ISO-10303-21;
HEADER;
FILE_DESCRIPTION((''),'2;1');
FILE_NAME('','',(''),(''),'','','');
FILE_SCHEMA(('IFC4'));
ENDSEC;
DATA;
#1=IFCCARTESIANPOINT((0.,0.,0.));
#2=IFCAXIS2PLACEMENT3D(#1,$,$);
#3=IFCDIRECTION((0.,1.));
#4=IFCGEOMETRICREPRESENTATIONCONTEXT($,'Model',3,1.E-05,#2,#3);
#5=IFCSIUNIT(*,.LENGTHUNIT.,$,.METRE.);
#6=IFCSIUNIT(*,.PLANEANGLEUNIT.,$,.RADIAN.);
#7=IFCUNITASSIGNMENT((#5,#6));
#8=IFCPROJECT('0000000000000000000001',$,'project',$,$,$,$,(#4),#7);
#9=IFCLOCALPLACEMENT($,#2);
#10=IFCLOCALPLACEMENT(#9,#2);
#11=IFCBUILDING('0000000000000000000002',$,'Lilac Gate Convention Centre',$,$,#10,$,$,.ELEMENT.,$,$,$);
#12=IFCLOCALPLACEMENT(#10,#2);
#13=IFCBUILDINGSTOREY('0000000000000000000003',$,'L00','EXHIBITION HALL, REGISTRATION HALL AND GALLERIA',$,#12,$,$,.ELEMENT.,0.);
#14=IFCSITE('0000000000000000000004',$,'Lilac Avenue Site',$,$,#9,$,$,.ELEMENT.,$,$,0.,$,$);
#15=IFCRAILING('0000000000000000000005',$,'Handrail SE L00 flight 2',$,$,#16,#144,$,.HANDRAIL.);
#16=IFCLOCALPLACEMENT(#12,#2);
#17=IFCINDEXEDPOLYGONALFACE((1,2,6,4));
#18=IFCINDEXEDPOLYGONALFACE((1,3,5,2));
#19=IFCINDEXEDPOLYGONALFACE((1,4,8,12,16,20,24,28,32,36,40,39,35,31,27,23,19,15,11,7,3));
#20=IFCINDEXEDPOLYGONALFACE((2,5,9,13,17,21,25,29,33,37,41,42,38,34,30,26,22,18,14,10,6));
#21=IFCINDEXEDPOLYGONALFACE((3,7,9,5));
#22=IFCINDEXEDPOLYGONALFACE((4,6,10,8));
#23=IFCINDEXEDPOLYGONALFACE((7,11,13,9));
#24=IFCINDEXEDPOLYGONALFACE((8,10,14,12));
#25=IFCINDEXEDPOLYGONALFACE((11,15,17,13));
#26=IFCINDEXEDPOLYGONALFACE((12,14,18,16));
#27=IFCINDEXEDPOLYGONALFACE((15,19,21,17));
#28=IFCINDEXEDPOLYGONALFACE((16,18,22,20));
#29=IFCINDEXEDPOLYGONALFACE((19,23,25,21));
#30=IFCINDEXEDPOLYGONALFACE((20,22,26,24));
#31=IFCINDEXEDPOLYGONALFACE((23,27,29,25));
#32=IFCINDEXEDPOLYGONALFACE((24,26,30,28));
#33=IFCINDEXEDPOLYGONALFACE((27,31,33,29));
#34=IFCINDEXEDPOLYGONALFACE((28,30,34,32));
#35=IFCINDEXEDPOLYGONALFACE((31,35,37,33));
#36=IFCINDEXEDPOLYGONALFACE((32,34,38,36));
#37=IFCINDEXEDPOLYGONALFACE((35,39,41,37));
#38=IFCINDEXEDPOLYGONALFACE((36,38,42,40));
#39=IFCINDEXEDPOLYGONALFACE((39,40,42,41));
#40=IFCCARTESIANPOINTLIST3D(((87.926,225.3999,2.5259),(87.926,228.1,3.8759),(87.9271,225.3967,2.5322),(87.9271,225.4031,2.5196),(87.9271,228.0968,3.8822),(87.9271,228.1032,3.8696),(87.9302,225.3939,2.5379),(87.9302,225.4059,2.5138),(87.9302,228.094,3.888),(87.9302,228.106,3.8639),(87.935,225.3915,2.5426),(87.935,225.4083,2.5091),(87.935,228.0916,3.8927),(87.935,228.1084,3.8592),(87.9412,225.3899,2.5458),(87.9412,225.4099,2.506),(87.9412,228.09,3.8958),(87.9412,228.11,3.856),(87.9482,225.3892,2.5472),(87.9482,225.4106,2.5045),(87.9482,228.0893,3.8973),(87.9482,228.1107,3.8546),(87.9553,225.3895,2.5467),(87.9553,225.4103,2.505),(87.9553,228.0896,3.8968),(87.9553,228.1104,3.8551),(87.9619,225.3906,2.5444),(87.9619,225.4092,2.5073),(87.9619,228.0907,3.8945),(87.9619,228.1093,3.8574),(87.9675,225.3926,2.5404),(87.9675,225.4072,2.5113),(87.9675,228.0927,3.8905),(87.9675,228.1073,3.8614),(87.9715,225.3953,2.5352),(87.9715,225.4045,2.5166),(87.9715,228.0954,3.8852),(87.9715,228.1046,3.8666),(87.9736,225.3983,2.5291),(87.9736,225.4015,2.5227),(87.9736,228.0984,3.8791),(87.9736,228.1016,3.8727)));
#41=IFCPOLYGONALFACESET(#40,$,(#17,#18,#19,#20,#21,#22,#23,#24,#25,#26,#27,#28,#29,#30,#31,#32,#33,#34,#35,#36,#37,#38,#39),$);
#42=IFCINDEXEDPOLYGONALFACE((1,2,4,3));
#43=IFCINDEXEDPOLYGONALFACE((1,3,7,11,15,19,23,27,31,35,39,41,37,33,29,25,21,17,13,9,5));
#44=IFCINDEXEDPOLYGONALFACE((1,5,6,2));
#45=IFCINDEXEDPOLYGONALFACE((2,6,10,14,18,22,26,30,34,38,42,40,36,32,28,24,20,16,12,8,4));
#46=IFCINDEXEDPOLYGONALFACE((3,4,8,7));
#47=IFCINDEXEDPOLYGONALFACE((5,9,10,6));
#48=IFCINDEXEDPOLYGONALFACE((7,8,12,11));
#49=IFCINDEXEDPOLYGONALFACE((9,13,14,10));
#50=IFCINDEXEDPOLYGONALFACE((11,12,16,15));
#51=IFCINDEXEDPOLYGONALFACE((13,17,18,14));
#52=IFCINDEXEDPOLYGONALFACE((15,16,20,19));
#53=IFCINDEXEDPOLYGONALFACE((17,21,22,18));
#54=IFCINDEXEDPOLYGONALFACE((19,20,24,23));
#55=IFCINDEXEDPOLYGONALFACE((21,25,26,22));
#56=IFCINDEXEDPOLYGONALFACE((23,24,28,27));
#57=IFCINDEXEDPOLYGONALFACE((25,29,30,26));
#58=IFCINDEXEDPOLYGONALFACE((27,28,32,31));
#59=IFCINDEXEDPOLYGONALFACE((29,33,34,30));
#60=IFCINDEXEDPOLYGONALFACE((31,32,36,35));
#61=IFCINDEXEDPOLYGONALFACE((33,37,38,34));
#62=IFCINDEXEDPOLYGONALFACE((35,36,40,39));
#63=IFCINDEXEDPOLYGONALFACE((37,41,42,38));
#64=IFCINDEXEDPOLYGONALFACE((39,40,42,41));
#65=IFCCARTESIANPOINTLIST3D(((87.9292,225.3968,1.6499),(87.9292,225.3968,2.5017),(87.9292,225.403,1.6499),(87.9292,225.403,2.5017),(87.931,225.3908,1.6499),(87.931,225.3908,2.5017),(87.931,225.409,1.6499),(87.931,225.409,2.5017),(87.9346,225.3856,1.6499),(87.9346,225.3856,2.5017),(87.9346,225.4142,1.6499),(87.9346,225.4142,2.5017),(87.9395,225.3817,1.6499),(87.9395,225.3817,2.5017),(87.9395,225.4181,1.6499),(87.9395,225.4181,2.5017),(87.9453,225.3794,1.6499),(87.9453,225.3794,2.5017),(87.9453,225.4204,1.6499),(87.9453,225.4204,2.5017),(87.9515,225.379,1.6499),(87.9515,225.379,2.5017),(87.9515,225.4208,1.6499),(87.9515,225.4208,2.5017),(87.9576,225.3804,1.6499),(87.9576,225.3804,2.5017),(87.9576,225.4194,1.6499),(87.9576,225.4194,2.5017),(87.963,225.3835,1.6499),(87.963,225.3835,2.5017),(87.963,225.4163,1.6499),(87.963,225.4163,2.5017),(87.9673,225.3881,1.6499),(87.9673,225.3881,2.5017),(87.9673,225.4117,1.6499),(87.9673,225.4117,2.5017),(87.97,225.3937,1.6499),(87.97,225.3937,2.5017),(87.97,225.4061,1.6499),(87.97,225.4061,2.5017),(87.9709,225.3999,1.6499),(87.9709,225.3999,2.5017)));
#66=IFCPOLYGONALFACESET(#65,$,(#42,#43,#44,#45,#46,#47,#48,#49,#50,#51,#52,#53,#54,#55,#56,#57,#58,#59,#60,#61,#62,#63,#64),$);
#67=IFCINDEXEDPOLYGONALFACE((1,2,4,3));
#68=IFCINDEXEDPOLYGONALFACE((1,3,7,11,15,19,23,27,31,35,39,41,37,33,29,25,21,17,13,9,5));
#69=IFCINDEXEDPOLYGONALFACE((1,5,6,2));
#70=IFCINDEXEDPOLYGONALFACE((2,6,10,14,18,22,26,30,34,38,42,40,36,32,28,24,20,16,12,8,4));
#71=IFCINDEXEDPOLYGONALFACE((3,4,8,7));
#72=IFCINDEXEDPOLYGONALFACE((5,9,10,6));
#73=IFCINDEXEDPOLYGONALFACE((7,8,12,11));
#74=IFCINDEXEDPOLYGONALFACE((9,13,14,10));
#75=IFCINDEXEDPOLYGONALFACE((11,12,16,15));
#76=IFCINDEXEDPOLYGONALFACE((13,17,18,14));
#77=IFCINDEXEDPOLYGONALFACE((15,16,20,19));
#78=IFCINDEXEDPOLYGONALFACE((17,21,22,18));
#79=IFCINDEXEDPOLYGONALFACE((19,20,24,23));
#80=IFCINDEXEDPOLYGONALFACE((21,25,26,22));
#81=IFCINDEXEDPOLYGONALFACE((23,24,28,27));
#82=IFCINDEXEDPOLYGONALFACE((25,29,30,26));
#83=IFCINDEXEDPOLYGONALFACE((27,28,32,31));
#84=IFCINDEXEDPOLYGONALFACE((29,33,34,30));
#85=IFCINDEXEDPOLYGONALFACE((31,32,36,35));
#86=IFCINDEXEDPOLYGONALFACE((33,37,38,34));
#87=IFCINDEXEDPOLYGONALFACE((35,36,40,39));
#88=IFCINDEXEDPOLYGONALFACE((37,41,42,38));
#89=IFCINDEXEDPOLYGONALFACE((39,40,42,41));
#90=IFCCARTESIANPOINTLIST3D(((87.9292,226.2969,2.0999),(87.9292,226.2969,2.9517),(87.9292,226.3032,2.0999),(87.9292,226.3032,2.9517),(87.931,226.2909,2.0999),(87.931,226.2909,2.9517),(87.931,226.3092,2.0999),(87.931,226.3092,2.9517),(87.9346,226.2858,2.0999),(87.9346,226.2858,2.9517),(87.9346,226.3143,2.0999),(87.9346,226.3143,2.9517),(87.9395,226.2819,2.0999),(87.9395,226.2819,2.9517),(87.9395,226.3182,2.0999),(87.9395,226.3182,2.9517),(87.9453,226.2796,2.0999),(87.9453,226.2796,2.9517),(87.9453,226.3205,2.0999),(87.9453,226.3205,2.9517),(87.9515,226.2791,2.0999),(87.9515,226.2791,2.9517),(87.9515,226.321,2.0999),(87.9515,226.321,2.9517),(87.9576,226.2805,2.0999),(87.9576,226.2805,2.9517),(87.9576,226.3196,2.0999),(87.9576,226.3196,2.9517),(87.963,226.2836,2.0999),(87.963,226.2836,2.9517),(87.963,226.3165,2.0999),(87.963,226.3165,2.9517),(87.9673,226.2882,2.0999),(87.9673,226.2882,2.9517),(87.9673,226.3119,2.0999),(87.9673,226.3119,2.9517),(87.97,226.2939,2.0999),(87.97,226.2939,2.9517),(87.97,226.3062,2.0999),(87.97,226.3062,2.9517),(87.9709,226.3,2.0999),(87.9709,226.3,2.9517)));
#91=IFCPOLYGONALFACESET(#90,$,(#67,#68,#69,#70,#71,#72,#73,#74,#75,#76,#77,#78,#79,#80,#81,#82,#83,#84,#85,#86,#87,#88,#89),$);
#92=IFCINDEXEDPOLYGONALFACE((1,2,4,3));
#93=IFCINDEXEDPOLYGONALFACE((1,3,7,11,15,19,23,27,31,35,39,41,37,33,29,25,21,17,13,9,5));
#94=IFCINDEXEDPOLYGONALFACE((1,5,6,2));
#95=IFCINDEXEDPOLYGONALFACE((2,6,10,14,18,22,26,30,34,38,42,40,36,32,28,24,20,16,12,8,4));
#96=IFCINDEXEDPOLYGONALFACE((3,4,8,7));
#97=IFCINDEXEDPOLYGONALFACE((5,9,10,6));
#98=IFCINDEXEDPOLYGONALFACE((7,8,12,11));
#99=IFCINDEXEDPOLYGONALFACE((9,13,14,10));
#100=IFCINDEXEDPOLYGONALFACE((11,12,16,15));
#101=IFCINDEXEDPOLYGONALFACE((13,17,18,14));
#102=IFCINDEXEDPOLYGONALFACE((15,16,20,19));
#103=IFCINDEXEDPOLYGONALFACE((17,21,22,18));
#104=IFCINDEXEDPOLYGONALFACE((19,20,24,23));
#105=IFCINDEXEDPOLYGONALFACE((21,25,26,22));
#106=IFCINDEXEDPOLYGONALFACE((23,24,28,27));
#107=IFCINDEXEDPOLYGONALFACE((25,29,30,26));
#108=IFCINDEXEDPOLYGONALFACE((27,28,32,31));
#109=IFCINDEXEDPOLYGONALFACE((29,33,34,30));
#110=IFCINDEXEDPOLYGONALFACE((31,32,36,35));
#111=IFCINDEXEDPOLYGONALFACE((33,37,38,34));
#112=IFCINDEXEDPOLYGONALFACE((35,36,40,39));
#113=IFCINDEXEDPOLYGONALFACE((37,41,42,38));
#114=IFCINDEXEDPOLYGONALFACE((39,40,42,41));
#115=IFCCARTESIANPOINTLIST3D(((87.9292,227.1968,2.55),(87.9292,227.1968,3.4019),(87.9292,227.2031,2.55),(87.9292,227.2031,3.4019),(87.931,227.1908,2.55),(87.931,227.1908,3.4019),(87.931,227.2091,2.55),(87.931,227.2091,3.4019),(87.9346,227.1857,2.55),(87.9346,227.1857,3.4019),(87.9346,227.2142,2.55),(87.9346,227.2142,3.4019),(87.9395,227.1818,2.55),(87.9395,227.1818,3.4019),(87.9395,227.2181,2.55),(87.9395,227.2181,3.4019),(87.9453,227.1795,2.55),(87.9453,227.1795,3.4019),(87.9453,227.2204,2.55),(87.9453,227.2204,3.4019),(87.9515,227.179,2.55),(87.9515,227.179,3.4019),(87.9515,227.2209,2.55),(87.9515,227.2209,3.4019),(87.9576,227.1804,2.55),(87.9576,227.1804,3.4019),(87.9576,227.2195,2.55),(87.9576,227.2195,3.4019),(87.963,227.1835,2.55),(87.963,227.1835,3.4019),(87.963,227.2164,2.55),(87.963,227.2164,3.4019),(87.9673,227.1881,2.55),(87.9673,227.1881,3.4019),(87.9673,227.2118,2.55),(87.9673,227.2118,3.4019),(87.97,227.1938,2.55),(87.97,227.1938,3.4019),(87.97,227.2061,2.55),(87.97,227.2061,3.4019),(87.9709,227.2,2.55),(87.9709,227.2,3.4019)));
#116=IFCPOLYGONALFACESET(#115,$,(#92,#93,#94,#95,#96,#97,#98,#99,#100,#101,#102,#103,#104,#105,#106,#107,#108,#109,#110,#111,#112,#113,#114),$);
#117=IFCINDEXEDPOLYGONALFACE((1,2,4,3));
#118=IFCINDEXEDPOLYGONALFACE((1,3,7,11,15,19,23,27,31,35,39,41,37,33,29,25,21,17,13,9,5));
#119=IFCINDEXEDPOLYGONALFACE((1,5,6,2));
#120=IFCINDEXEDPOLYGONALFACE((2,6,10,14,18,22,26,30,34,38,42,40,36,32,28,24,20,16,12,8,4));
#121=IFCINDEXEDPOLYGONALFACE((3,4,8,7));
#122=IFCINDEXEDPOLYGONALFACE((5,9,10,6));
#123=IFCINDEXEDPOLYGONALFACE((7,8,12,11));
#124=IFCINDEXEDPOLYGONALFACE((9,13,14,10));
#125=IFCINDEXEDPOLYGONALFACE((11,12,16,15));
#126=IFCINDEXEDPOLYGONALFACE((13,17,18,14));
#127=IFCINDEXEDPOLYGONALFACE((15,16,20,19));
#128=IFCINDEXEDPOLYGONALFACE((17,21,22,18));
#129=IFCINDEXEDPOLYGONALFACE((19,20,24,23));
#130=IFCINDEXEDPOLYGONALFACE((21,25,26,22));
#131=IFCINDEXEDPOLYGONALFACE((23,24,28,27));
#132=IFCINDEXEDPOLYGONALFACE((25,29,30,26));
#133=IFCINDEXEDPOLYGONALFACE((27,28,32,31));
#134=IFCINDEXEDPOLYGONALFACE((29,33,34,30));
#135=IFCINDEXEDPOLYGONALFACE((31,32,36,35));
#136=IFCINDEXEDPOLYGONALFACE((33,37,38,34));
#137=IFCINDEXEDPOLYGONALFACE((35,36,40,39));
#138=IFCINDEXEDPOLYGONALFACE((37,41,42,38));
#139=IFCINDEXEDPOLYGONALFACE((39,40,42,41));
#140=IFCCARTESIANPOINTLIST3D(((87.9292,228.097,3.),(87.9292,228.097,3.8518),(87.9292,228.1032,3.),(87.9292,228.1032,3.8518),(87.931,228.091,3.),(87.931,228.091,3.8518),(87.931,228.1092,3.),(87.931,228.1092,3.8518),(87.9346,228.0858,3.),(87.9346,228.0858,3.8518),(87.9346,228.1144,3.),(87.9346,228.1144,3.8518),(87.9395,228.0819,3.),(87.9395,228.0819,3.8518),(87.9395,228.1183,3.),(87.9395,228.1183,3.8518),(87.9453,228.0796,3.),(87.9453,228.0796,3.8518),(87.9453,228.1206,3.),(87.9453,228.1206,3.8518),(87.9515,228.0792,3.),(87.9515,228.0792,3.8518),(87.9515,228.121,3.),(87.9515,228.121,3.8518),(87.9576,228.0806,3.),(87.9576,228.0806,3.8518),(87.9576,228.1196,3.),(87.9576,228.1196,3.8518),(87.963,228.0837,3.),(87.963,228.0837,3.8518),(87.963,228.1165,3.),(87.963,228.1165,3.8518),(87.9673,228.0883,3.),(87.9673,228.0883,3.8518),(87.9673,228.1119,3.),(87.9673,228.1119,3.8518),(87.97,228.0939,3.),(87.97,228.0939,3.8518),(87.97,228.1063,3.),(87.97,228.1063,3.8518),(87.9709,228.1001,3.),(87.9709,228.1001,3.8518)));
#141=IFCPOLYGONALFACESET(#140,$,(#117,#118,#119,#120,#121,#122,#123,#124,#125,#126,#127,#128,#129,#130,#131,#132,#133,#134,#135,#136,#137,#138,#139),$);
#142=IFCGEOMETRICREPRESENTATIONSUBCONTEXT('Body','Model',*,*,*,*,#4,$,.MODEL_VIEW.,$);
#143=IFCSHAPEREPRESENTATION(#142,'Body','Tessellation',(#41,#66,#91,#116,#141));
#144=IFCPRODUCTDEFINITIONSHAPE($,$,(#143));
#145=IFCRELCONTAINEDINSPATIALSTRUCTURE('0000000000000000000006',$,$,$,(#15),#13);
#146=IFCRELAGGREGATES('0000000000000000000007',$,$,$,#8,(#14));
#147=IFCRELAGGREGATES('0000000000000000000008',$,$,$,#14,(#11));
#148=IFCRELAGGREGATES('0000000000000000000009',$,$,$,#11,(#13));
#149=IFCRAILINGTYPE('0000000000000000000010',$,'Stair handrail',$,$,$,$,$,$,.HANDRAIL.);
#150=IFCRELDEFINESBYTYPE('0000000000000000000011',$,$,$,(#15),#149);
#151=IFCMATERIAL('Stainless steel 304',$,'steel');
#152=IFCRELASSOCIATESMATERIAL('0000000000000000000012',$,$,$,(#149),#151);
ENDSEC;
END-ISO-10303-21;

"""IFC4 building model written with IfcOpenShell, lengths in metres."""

from ifc_helpers import new_model, si_unit, direction, frame, origin, origin_2d, place, context, subcontext, project, spatial, circle, extrude, material, type_object, element, save


model = new_model("IFC4")

# Units and contexts
model_context = context("Model", 3, precision=1e-05, world=origin(), true_north=direction((0.0, 1.0)))
body_context = subcontext(model_context, "Body", "Model", "MODEL_VIEW")
ifc_project = project(units=[si_unit("LENGTHUNIT", "METRE"), si_unit("PLANEANGLEUNIT", "RADIAN")], contexts=[model_context])

# Site, building, storey
site_placement = place(None, origin())
site = spatial("IfcSite", under=ifc_project, at=site_placement, Name="Lilac Avenue Site", CompositionType="ELEMENT", RefElevation=0.0)
building_placement = place(site_placement, origin())
building = spatial("IfcBuilding", under=site, at=building_placement, Name="Lilac Gate Convention Centre", CompositionType="ELEMENT")
storey_placement = place(building_placement, origin())
storey = spatial("IfcBuildingStorey", under=building, at=storey_placement, Name="L00", Description="EXHIBITION HALL, REGISTRATION HALL AND GALLERIA", CompositionType="ELEMENT", Elevation=0.0)

# Railing
ifc_material_1 = material(Name="Stainless steel 304", Category="steel")
railing_type = type_object("IfcRailingType", Name="Stair handrail", PredefinedType="HANDRAIL", material=ifc_material_1)
for number, where, name in (
    (1, (87.95, 225.3999, 1.6499), "Handrail SE L00 flight 2"),
):
    element("IfcRailing", number, at=place(storey_placement, frame(where)), inside=storey, type_object=railing_type, Name=name, PredefinedType="HANDRAIL", context=body_context, shape_type="SweptSolid", body=[
        extrude(circle(Radius=0.0239, at=origin_2d()), frame((0.0, 0.0, 0.876), z_axis=(0.0, 0.894427, 0.447214), x_axis=(-1.0, 0.0, 0.0)), (0.0, 0.0, 1.0), 3.0188),
        extrude(circle(Radius=0.021, at=origin_2d()), origin(), (0.0, 0.0, 1.0), 0.8518),
        extrude(circle(Radius=0.021, at=origin_2d()), frame((0.0, 0.9001, 0.45)), (0.0, 0.0, 1.0), 0.8518),
        extrude(circle(Radius=0.021, at=origin_2d()), frame((0.0, 1.8, 0.9001)), (0.0, 0.0, 1.0), 0.8518),
        extrude(circle(Radius=0.021, at=origin_2d()), frame((0.0, 2.7002, 1.3501)), (0.0, 0.0, 1.0), 0.8518),
    ])

save(model, "model.ifc")
